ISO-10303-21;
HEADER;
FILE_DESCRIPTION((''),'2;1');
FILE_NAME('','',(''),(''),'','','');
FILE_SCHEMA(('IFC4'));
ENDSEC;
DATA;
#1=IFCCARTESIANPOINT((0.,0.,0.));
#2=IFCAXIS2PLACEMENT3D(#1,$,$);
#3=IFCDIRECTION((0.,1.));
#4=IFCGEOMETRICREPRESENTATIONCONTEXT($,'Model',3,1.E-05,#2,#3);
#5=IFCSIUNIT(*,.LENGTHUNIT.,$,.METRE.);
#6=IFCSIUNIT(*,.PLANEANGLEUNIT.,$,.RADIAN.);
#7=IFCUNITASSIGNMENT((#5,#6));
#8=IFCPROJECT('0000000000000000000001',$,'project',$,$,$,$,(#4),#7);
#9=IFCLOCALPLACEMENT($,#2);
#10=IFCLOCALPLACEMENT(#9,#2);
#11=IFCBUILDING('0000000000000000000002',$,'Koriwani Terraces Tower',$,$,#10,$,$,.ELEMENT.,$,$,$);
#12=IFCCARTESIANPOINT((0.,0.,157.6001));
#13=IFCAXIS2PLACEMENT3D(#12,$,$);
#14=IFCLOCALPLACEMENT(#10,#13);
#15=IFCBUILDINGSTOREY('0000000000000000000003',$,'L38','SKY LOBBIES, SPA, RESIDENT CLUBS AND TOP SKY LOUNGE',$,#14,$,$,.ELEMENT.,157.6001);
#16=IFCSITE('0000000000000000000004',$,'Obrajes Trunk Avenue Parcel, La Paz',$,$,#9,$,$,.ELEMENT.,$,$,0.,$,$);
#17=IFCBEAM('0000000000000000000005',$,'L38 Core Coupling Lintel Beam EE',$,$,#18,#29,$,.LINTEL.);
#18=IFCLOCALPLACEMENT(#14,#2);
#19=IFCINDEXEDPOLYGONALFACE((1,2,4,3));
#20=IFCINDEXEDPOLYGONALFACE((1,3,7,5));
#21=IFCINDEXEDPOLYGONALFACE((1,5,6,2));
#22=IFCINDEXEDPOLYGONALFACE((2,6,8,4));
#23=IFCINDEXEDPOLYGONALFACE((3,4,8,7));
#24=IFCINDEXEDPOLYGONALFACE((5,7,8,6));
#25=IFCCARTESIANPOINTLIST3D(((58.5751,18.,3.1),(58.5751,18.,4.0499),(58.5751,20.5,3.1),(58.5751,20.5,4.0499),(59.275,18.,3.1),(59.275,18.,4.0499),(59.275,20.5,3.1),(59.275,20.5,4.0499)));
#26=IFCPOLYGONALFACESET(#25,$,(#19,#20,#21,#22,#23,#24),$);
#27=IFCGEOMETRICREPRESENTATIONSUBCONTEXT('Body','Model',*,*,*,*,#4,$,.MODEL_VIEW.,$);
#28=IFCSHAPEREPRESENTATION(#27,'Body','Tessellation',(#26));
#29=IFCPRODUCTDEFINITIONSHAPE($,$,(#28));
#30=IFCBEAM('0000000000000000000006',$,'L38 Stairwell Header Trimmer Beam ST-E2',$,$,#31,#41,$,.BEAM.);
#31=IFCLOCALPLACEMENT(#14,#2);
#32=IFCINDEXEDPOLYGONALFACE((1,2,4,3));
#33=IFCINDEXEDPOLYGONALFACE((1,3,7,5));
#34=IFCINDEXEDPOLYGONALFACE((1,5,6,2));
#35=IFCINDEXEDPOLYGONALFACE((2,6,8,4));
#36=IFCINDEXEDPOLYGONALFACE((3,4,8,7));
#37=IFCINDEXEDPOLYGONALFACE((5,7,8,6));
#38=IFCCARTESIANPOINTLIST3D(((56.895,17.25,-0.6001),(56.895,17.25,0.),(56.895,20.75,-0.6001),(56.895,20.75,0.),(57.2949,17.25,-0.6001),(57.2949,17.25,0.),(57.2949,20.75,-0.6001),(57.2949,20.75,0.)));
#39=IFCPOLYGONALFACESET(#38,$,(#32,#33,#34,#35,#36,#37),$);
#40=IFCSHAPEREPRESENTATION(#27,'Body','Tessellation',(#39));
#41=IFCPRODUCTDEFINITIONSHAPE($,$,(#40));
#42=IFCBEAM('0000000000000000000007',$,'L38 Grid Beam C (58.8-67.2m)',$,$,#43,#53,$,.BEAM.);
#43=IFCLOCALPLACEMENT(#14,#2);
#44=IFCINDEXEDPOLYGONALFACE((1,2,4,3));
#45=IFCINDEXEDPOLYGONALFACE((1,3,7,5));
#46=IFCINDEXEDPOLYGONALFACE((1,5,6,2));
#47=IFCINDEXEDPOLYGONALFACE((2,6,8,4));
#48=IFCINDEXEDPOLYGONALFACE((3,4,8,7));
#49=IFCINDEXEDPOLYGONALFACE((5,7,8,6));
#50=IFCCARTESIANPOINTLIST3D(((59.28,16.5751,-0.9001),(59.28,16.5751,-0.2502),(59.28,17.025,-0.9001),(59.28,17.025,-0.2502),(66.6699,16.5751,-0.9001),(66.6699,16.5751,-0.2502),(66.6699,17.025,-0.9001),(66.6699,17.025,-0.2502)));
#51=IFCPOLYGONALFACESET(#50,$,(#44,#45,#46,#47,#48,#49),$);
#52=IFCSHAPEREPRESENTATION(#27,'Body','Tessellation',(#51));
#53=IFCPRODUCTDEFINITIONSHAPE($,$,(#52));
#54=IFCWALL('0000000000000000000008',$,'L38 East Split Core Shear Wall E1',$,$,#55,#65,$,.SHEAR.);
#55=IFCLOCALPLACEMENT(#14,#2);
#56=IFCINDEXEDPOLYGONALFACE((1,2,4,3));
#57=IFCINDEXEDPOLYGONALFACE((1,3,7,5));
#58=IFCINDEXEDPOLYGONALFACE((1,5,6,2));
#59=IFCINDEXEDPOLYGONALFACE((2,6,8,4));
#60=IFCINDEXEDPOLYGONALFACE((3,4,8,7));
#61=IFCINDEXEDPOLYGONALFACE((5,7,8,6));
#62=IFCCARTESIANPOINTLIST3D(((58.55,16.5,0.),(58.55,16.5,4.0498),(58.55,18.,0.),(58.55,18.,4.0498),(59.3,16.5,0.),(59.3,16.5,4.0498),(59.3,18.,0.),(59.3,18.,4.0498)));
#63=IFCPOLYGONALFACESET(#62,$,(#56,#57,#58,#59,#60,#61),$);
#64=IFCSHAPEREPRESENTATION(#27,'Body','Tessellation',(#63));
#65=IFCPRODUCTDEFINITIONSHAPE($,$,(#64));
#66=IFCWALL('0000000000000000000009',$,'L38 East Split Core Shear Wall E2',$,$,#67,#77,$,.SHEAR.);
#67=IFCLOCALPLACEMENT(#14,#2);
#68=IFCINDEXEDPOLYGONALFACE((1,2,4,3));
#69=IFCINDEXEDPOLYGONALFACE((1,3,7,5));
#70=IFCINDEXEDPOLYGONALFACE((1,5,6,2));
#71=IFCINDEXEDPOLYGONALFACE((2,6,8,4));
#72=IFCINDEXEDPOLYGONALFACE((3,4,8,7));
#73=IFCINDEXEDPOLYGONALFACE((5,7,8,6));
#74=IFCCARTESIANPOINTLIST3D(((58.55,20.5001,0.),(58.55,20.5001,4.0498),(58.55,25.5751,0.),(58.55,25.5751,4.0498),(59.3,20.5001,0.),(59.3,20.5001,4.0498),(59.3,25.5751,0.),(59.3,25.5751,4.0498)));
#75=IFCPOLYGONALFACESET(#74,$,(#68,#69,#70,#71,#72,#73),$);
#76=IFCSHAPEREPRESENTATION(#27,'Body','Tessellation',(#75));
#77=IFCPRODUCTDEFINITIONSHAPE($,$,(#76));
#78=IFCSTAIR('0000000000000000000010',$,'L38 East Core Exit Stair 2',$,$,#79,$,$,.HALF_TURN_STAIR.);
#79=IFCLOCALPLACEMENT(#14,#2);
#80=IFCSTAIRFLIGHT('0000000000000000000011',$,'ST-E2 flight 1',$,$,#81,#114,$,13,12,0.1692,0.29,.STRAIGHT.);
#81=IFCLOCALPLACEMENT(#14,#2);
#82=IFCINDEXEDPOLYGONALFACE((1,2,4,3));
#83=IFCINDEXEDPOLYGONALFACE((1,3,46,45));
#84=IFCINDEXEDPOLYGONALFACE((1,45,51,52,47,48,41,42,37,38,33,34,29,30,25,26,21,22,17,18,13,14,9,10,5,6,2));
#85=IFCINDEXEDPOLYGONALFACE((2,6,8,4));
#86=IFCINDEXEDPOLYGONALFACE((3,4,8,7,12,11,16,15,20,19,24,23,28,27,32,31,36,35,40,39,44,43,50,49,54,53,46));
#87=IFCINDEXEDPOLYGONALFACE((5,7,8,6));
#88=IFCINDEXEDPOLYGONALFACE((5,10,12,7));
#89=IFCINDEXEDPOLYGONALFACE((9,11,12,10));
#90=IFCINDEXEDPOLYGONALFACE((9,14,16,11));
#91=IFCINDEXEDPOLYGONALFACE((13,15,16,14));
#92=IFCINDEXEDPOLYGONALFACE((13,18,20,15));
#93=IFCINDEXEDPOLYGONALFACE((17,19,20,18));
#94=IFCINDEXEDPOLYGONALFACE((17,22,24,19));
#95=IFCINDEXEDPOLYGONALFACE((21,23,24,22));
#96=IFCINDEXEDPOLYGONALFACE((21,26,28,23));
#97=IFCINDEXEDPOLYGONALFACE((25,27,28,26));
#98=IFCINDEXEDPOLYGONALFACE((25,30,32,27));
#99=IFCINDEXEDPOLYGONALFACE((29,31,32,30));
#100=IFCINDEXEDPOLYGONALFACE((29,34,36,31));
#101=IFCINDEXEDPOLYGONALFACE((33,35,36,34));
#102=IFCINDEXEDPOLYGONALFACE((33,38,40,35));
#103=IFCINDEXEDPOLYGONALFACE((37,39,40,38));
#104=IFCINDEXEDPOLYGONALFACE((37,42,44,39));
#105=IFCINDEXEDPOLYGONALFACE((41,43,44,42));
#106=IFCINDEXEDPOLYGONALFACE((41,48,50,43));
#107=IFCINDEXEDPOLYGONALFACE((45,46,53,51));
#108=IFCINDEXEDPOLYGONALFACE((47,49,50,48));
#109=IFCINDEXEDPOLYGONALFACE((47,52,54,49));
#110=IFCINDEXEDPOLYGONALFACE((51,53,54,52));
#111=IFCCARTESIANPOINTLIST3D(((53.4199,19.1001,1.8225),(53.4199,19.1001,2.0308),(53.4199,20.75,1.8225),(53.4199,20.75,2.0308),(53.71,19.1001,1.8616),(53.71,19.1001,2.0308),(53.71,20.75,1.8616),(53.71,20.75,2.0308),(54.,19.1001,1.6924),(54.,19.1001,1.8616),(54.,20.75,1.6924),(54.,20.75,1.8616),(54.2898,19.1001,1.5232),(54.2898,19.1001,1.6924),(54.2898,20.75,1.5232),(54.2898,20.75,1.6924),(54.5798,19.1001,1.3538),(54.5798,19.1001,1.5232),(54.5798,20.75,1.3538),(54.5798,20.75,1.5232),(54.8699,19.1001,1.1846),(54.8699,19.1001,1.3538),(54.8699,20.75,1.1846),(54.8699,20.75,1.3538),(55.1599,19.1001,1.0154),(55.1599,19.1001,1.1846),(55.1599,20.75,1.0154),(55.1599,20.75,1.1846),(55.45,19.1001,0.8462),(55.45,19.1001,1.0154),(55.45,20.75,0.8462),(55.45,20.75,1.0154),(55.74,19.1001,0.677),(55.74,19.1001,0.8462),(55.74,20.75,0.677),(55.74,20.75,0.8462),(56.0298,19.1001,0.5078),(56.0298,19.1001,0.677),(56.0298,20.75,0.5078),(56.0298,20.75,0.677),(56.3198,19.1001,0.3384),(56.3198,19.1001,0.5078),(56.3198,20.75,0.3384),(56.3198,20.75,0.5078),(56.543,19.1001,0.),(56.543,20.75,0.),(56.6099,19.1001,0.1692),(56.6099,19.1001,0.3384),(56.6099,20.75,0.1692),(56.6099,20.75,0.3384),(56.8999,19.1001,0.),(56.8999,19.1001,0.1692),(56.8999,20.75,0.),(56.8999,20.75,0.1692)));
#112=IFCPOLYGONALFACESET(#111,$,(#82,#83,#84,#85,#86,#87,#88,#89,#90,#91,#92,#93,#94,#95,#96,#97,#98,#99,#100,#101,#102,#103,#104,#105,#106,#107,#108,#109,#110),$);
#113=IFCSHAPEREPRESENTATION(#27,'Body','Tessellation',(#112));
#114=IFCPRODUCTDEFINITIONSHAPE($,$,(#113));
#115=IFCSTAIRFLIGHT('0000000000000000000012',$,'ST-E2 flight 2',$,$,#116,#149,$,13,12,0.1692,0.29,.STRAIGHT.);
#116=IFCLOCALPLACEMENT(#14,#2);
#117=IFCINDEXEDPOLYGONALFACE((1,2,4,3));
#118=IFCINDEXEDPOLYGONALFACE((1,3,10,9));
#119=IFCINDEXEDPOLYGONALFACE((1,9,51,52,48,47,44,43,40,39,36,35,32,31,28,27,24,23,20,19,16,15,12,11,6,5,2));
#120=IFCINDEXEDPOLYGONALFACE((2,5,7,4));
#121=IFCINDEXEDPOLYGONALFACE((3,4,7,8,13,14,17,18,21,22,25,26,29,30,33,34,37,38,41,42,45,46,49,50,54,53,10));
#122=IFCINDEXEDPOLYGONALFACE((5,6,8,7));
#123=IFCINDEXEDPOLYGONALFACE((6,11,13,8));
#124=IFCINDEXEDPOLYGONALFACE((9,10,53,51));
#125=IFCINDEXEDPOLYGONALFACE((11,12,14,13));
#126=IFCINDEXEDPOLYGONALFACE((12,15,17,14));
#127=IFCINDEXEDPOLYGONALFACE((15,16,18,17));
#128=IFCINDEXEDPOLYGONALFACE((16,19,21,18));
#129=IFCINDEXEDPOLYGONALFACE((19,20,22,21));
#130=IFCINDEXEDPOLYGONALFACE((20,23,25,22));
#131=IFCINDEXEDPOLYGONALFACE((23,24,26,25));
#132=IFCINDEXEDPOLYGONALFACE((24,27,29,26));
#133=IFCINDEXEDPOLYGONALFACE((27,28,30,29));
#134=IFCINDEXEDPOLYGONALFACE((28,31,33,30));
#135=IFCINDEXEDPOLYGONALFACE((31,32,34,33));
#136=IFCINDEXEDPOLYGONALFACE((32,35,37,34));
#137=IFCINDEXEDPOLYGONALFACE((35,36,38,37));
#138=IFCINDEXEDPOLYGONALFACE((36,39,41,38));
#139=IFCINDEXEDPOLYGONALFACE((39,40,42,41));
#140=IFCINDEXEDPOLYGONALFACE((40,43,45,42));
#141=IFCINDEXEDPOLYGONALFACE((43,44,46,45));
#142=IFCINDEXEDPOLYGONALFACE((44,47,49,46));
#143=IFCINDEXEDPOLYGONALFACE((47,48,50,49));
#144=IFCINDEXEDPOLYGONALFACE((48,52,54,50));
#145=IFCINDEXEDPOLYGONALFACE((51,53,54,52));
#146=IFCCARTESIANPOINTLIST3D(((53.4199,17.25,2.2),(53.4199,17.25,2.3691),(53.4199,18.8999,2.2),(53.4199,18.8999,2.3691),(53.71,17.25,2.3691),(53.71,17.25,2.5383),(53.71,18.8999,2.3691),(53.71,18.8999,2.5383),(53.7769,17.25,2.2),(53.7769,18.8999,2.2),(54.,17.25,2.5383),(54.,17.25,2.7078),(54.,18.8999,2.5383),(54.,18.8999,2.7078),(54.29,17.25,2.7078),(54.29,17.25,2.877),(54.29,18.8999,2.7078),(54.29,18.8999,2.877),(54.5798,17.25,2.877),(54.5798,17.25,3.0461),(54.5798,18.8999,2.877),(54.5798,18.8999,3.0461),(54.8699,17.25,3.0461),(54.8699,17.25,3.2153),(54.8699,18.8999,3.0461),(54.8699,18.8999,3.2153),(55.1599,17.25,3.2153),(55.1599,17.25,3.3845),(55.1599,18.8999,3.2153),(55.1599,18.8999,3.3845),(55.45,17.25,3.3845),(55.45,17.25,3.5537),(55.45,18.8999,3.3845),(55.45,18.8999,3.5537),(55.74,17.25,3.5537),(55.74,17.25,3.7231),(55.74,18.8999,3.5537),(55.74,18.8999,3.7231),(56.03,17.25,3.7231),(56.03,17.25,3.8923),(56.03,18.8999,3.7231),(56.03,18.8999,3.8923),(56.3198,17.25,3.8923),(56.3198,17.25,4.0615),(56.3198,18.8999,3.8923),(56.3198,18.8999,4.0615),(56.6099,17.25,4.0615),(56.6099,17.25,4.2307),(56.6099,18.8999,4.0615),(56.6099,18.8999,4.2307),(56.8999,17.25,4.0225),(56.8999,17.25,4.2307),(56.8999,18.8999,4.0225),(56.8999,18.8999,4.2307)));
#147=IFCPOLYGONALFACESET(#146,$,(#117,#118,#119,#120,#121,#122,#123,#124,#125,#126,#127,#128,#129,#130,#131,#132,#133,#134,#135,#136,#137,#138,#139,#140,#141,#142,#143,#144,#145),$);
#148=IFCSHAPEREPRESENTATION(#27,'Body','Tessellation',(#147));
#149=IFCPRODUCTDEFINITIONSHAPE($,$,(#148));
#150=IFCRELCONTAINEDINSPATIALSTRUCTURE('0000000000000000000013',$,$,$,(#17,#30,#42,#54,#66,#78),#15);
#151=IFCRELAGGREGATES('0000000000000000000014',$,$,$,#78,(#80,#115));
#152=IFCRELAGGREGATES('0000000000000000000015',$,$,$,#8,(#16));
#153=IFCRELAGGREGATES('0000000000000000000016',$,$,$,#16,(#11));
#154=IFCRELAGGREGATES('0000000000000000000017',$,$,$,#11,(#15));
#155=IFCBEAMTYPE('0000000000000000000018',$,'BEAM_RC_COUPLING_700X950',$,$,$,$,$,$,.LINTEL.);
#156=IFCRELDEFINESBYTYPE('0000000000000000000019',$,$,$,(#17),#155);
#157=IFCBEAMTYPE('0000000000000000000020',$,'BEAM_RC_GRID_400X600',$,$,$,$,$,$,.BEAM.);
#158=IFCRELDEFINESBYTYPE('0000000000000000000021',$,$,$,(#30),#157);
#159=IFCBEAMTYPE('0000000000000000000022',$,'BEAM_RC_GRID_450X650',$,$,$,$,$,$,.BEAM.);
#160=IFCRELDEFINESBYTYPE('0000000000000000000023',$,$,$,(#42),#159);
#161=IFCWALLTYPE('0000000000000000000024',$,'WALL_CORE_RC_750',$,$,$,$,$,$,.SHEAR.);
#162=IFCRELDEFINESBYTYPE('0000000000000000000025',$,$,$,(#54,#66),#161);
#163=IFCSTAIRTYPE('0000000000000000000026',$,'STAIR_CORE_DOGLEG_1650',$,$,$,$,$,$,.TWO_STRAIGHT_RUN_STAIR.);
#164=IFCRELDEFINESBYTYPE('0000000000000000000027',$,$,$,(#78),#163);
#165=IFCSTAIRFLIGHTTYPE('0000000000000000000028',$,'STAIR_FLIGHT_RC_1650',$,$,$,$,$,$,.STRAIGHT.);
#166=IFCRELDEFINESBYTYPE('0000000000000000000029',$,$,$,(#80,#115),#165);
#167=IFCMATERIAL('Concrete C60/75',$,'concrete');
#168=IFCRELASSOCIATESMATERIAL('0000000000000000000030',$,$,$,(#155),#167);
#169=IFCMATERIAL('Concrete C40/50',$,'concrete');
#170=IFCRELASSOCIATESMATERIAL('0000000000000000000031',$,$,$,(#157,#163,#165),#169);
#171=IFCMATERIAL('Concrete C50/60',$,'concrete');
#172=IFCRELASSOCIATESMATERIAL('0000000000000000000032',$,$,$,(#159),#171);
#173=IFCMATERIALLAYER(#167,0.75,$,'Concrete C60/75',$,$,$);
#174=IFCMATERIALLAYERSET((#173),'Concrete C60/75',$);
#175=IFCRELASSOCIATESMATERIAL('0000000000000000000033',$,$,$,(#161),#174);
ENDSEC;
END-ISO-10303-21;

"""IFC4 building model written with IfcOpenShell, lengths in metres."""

from ifc_helpers import new_model, si_unit, direction, frame, frame_2d, origin, origin_2d, place, context, subcontext, project, spatial, polyline, rectangle, outline, extrude, material, layer, layer_set, material_profile, profile_set, type_object, element, aggregate, save


model = new_model("IFC4")

# Units and contexts
model_context = context("Model", 3, precision=1e-05, world=origin(), true_north=direction((0.0, 1.0)))
body_context = subcontext(model_context, "Body", "Model", "MODEL_VIEW")
ifc_project = project(units=[si_unit("LENGTHUNIT", "METRE"), si_unit("PLANEANGLEUNIT", "RADIAN")], contexts=[model_context])

# Site, building, storey
site_placement = place(None, origin())
site = spatial("IfcSite", under=ifc_project, at=site_placement, Name="Obrajes Trunk Avenue Parcel, La Paz", CompositionType="ELEMENT", RefElevation=0.0)
building_placement = place(site_placement, origin())
building = spatial("IfcBuilding", under=site, at=building_placement, Name="Koriwani Terraces Tower", CompositionType="ELEMENT")
storey_placement = place(building_placement, frame((0.0, 0.0, 157.6001)))
storey = spatial("IfcBuildingStorey", under=building, at=storey_placement, Name="L38", Description="SKY LOBBIES, SPA, RESIDENT CLUBS AND TOP SKY LOUNGE", CompositionType="ELEMENT", Elevation=157.6001)

# Beams
ifc_material_1 = material(Name="Concrete C60/75", Category="concrete")
ifc_material_profile_1 = material_profile(ifc_material_1, rectangle(XDim=0.7, YDim=0.95, at=origin_2d()), Name="Concrete C60/75", Category="LoadBearing")
ifc_profile_set_1 = profile_set([ifc_material_profile_1], Name="Concrete C60/75")
beam_type_1 = type_object("IfcBeamType", Name="BEAM_RC_COUPLING_700X950", PredefinedType="LINTEL", material=ifc_profile_set_1)
beam_1_placement = place(storey_placement, frame((58.925, 18.0, 3.575), z_axis=(0.0, 1.0, 0.0), x_axis=(-1.0, 0.0, 0.0)))
element("IfcBeam", 1, at=beam_1_placement, inside=storey, type_object=beam_type_1, Name="L38 Core Coupling Lintel Beam EE", PredefinedType="LINTEL", context=body_context, shape_type="SweptSolid", body=[
    extrude(rectangle(XDim=0.7, YDim=0.95, at=origin_2d()), origin(), (0.0, 0.0, 1.0), 2.5),
])
ifc_material_2 = material(Name="Concrete C40/50", Category="concrete")
ifc_material_profile_2 = material_profile(ifc_material_2, rectangle(XDim=0.3999, YDim=0.6001, at=origin_2d()), Name="Concrete C40/50", Category="LoadBearing")
ifc_profile_set_2 = profile_set([ifc_material_profile_2], Name="Concrete C40/50")
beam_type_2 = type_object("IfcBeamType", Name="BEAM_RC_GRID_400X600", PredefinedType="BEAM", material=ifc_profile_set_2)
beam_2_placement = place(storey_placement, frame((57.095, 17.25, -0.3), z_axis=(0.0, 1.0, 0.0), x_axis=(-1.0, 0.0, 0.0)))
element("IfcBeam", 2, at=beam_2_placement, inside=storey, type_object=beam_type_2, Name="L38 Stairwell Header Trimmer Beam ST-E2", PredefinedType="BEAM", context=body_context, shape_type="SweptSolid", body=[
    extrude(rectangle(XDim=0.3999, YDim=0.6001, at=origin_2d()), origin(), (0.0, 0.0, 1.0), 3.5),
])
ifc_material_3 = material(Name="Concrete C50/60", Category="concrete")
ifc_material_profile_3 = material_profile(ifc_material_3, rectangle(XDim=0.45, YDim=0.6499, at=origin_2d()), Name="Concrete C50/60", Category="LoadBearing")
ifc_profile_set_3 = profile_set([ifc_material_profile_3], Name="Concrete C50/60")
beam_type_3 = type_object("IfcBeamType", Name="BEAM_RC_GRID_450X650", PredefinedType="BEAM", material=ifc_profile_set_3)
beam_3_placement = place(storey_placement, frame((59.28, 16.8, -0.5752), z_axis=(1.0, 0.0, 0.0), x_axis=(0.0, 1.0, 0.0)))
element("IfcBeam", 3, at=beam_3_placement, inside=storey, type_object=beam_type_3, Name="L38 Grid Beam C (58.8-67.2m)", PredefinedType="BEAM", context=body_context, shape_type="SweptSolid", body=[
    extrude(rectangle(XDim=0.45, YDim=0.6499, at=origin_2d()), origin(), (0.0, 0.0, 1.0), 7.3899),
])

# Walls
ifc_layer_1 = layer(ifc_material_1, 0.75, Name="Concrete C60/75")
ifc_layer_set_1 = layer_set([ifc_layer_1], Name="Concrete C60/75")
wall_type_1 = type_object("IfcWallType", Name="WALL_CORE_RC_750", PredefinedType="SHEAR", material=ifc_layer_set_1)
wall_1_placement = place(storey_placement, frame((58.925, 16.5, 0.0), z_axis=(0.0, 0.0, 1.0), x_axis=(0.0, 1.0, 0.0)))
element("IfcWall", 4, at=wall_1_placement, inside=storey, type_object=wall_type_1, Name="L38 East Split Core Shear Wall E1", PredefinedType="SHEAR", context=body_context, shape_type="SweptSolid", body=[
    extrude(rectangle(XDim=1.5, YDim=0.75, at=frame_2d((0.75, 0.0))), origin(), (0.0, 0.0, 1.0), 4.0498),
])
wall_2_placement = place(storey_placement, frame((58.925, 20.5, 0.0), z_axis=(0.0, 0.0, 1.0), x_axis=(0.0, 1.0, 0.0)))
element("IfcWall", 5, at=wall_2_placement, inside=storey, type_object=wall_type_1, Name="L38 East Split Core Shear Wall E2", PredefinedType="SHEAR", context=body_context, shape_type="SweptSolid", body=[
    extrude(rectangle(XDim=5.075, YDim=0.75, at=frame_2d((2.5376, 0.0))), origin(), (0.0, 0.0, 1.0), 4.0498),
])

# Stair, stair flights
stair_type = type_object("IfcStairType", Name="STAIR_CORE_DOGLEG_1650", PredefinedType="TWO_STRAIGHT_RUN_STAIR", material=ifc_material_2)
stair_placement = place(storey_placement, origin())
stair = element("IfcStair", 6, at=stair_placement, inside=storey, type_object=stair_type, Name="L38 East Core Exit Stair 2", PredefinedType="HALF_TURN_STAIR")
stair_flight_type = type_object("IfcStairFlightType", Name="STAIR_FLIGHT_RC_1650", PredefinedType="STRAIGHT", material=ifc_material_2)
stair_flight_1_placement = place(storey_placement, frame((56.8999, 19.925, 0.0), z_axis=(0.0, 0.0, 1.0), x_axis=(-1.0, 0.0, 0.0)))
stair_flight_1 = element("IfcStairFlight", 7, at=stair_flight_1_placement, type_object=stair_flight_type, Name="ST-E2 flight 1", NumberOfRisers=13, NumberOfTreads=12, PredefinedType="STRAIGHT", RiserHeight=0.1692, TreadLength=0.29, context=body_context, shape_type="SweptSolid", body=[
    extrude(outline(polyline([(0.0, 0.0), (0.0, 0.1692), (0.29, 0.1692), (0.29, 0.3384), (0.5801, 0.3384), (0.5801, 0.5078), (0.8701, 0.5078), (0.8701, 0.677), (1.1599, 0.677), (1.1599, 0.8462), (1.45, 0.8462), (1.45, 1.0154), (1.74, 1.0154), (1.74, 1.1846), (2.03, 1.1846), (2.03, 1.3538), (2.3201, 1.3538), (2.3201, 1.5232), (2.6101, 1.5232), (2.6101, 1.6924), (2.8999, 1.6924), (2.8999, 1.8616), (3.1899, 1.8616), (3.1899, 2.0308), (3.48, 2.0308), (3.48, 2.2), (3.48, 1.8225), (0.3569, 0.0), (0.0, 0.0)])), frame((0.0, 0.825, 0.0), z_axis=(0.0, -1.0, 0.0), x_axis=(1.0, 0.0, 0.0)), (0.0, 0.0, 1.0), 1.6499),
])
stair_flight_2_placement = place(storey_placement, frame((53.4199, 18.075, 2.2), z_axis=(0.0, 0.0, 1.0), x_axis=(1.0, 0.0, 0.0)))
stair_flight_2 = element("IfcStairFlight", 8, at=stair_flight_2_placement, type_object=stair_flight_type, Name="ST-E2 flight 2", NumberOfRisers=13, NumberOfTreads=12, PredefinedType="STRAIGHT", RiserHeight=0.1692, TreadLength=0.29, context=body_context, shape_type="SweptSolid", body=[
    extrude(outline(polyline([(0.0, 0.0), (0.0, 0.1692), (0.29, 0.1692), (0.29, 0.3384), (0.5801, 0.3384), (0.5801, 0.5078), (0.8701, 0.5078), (0.8701, 0.677), (1.1599, 0.677), (1.1599, 0.8462), (1.45, 0.8462), (1.45, 1.0154), (1.74, 1.0154), (1.74, 1.1846), (2.03, 1.1846), (2.03, 1.3538), (2.3201, 1.3538), (2.3201, 1.5232), (2.6101, 1.5232), (2.6101, 1.6924), (2.8999, 1.6924), (2.8999, 1.8616), (3.1899, 1.8616), (3.1899, 2.0308), (3.48, 2.0308), (3.48, 2.2), (3.48, 1.8225), (0.3569, 0.0), (0.0, 0.0)])), frame((0.0, 0.825, 0.0), z_axis=(0.0, -1.0, 0.0), x_axis=(1.0, 0.0, 0.0)), (0.0, 0.0, 1.0), 1.6499),
])
aggregate(stair, [stair_flight_1, stair_flight_2])

save(model, "model.ifc")
